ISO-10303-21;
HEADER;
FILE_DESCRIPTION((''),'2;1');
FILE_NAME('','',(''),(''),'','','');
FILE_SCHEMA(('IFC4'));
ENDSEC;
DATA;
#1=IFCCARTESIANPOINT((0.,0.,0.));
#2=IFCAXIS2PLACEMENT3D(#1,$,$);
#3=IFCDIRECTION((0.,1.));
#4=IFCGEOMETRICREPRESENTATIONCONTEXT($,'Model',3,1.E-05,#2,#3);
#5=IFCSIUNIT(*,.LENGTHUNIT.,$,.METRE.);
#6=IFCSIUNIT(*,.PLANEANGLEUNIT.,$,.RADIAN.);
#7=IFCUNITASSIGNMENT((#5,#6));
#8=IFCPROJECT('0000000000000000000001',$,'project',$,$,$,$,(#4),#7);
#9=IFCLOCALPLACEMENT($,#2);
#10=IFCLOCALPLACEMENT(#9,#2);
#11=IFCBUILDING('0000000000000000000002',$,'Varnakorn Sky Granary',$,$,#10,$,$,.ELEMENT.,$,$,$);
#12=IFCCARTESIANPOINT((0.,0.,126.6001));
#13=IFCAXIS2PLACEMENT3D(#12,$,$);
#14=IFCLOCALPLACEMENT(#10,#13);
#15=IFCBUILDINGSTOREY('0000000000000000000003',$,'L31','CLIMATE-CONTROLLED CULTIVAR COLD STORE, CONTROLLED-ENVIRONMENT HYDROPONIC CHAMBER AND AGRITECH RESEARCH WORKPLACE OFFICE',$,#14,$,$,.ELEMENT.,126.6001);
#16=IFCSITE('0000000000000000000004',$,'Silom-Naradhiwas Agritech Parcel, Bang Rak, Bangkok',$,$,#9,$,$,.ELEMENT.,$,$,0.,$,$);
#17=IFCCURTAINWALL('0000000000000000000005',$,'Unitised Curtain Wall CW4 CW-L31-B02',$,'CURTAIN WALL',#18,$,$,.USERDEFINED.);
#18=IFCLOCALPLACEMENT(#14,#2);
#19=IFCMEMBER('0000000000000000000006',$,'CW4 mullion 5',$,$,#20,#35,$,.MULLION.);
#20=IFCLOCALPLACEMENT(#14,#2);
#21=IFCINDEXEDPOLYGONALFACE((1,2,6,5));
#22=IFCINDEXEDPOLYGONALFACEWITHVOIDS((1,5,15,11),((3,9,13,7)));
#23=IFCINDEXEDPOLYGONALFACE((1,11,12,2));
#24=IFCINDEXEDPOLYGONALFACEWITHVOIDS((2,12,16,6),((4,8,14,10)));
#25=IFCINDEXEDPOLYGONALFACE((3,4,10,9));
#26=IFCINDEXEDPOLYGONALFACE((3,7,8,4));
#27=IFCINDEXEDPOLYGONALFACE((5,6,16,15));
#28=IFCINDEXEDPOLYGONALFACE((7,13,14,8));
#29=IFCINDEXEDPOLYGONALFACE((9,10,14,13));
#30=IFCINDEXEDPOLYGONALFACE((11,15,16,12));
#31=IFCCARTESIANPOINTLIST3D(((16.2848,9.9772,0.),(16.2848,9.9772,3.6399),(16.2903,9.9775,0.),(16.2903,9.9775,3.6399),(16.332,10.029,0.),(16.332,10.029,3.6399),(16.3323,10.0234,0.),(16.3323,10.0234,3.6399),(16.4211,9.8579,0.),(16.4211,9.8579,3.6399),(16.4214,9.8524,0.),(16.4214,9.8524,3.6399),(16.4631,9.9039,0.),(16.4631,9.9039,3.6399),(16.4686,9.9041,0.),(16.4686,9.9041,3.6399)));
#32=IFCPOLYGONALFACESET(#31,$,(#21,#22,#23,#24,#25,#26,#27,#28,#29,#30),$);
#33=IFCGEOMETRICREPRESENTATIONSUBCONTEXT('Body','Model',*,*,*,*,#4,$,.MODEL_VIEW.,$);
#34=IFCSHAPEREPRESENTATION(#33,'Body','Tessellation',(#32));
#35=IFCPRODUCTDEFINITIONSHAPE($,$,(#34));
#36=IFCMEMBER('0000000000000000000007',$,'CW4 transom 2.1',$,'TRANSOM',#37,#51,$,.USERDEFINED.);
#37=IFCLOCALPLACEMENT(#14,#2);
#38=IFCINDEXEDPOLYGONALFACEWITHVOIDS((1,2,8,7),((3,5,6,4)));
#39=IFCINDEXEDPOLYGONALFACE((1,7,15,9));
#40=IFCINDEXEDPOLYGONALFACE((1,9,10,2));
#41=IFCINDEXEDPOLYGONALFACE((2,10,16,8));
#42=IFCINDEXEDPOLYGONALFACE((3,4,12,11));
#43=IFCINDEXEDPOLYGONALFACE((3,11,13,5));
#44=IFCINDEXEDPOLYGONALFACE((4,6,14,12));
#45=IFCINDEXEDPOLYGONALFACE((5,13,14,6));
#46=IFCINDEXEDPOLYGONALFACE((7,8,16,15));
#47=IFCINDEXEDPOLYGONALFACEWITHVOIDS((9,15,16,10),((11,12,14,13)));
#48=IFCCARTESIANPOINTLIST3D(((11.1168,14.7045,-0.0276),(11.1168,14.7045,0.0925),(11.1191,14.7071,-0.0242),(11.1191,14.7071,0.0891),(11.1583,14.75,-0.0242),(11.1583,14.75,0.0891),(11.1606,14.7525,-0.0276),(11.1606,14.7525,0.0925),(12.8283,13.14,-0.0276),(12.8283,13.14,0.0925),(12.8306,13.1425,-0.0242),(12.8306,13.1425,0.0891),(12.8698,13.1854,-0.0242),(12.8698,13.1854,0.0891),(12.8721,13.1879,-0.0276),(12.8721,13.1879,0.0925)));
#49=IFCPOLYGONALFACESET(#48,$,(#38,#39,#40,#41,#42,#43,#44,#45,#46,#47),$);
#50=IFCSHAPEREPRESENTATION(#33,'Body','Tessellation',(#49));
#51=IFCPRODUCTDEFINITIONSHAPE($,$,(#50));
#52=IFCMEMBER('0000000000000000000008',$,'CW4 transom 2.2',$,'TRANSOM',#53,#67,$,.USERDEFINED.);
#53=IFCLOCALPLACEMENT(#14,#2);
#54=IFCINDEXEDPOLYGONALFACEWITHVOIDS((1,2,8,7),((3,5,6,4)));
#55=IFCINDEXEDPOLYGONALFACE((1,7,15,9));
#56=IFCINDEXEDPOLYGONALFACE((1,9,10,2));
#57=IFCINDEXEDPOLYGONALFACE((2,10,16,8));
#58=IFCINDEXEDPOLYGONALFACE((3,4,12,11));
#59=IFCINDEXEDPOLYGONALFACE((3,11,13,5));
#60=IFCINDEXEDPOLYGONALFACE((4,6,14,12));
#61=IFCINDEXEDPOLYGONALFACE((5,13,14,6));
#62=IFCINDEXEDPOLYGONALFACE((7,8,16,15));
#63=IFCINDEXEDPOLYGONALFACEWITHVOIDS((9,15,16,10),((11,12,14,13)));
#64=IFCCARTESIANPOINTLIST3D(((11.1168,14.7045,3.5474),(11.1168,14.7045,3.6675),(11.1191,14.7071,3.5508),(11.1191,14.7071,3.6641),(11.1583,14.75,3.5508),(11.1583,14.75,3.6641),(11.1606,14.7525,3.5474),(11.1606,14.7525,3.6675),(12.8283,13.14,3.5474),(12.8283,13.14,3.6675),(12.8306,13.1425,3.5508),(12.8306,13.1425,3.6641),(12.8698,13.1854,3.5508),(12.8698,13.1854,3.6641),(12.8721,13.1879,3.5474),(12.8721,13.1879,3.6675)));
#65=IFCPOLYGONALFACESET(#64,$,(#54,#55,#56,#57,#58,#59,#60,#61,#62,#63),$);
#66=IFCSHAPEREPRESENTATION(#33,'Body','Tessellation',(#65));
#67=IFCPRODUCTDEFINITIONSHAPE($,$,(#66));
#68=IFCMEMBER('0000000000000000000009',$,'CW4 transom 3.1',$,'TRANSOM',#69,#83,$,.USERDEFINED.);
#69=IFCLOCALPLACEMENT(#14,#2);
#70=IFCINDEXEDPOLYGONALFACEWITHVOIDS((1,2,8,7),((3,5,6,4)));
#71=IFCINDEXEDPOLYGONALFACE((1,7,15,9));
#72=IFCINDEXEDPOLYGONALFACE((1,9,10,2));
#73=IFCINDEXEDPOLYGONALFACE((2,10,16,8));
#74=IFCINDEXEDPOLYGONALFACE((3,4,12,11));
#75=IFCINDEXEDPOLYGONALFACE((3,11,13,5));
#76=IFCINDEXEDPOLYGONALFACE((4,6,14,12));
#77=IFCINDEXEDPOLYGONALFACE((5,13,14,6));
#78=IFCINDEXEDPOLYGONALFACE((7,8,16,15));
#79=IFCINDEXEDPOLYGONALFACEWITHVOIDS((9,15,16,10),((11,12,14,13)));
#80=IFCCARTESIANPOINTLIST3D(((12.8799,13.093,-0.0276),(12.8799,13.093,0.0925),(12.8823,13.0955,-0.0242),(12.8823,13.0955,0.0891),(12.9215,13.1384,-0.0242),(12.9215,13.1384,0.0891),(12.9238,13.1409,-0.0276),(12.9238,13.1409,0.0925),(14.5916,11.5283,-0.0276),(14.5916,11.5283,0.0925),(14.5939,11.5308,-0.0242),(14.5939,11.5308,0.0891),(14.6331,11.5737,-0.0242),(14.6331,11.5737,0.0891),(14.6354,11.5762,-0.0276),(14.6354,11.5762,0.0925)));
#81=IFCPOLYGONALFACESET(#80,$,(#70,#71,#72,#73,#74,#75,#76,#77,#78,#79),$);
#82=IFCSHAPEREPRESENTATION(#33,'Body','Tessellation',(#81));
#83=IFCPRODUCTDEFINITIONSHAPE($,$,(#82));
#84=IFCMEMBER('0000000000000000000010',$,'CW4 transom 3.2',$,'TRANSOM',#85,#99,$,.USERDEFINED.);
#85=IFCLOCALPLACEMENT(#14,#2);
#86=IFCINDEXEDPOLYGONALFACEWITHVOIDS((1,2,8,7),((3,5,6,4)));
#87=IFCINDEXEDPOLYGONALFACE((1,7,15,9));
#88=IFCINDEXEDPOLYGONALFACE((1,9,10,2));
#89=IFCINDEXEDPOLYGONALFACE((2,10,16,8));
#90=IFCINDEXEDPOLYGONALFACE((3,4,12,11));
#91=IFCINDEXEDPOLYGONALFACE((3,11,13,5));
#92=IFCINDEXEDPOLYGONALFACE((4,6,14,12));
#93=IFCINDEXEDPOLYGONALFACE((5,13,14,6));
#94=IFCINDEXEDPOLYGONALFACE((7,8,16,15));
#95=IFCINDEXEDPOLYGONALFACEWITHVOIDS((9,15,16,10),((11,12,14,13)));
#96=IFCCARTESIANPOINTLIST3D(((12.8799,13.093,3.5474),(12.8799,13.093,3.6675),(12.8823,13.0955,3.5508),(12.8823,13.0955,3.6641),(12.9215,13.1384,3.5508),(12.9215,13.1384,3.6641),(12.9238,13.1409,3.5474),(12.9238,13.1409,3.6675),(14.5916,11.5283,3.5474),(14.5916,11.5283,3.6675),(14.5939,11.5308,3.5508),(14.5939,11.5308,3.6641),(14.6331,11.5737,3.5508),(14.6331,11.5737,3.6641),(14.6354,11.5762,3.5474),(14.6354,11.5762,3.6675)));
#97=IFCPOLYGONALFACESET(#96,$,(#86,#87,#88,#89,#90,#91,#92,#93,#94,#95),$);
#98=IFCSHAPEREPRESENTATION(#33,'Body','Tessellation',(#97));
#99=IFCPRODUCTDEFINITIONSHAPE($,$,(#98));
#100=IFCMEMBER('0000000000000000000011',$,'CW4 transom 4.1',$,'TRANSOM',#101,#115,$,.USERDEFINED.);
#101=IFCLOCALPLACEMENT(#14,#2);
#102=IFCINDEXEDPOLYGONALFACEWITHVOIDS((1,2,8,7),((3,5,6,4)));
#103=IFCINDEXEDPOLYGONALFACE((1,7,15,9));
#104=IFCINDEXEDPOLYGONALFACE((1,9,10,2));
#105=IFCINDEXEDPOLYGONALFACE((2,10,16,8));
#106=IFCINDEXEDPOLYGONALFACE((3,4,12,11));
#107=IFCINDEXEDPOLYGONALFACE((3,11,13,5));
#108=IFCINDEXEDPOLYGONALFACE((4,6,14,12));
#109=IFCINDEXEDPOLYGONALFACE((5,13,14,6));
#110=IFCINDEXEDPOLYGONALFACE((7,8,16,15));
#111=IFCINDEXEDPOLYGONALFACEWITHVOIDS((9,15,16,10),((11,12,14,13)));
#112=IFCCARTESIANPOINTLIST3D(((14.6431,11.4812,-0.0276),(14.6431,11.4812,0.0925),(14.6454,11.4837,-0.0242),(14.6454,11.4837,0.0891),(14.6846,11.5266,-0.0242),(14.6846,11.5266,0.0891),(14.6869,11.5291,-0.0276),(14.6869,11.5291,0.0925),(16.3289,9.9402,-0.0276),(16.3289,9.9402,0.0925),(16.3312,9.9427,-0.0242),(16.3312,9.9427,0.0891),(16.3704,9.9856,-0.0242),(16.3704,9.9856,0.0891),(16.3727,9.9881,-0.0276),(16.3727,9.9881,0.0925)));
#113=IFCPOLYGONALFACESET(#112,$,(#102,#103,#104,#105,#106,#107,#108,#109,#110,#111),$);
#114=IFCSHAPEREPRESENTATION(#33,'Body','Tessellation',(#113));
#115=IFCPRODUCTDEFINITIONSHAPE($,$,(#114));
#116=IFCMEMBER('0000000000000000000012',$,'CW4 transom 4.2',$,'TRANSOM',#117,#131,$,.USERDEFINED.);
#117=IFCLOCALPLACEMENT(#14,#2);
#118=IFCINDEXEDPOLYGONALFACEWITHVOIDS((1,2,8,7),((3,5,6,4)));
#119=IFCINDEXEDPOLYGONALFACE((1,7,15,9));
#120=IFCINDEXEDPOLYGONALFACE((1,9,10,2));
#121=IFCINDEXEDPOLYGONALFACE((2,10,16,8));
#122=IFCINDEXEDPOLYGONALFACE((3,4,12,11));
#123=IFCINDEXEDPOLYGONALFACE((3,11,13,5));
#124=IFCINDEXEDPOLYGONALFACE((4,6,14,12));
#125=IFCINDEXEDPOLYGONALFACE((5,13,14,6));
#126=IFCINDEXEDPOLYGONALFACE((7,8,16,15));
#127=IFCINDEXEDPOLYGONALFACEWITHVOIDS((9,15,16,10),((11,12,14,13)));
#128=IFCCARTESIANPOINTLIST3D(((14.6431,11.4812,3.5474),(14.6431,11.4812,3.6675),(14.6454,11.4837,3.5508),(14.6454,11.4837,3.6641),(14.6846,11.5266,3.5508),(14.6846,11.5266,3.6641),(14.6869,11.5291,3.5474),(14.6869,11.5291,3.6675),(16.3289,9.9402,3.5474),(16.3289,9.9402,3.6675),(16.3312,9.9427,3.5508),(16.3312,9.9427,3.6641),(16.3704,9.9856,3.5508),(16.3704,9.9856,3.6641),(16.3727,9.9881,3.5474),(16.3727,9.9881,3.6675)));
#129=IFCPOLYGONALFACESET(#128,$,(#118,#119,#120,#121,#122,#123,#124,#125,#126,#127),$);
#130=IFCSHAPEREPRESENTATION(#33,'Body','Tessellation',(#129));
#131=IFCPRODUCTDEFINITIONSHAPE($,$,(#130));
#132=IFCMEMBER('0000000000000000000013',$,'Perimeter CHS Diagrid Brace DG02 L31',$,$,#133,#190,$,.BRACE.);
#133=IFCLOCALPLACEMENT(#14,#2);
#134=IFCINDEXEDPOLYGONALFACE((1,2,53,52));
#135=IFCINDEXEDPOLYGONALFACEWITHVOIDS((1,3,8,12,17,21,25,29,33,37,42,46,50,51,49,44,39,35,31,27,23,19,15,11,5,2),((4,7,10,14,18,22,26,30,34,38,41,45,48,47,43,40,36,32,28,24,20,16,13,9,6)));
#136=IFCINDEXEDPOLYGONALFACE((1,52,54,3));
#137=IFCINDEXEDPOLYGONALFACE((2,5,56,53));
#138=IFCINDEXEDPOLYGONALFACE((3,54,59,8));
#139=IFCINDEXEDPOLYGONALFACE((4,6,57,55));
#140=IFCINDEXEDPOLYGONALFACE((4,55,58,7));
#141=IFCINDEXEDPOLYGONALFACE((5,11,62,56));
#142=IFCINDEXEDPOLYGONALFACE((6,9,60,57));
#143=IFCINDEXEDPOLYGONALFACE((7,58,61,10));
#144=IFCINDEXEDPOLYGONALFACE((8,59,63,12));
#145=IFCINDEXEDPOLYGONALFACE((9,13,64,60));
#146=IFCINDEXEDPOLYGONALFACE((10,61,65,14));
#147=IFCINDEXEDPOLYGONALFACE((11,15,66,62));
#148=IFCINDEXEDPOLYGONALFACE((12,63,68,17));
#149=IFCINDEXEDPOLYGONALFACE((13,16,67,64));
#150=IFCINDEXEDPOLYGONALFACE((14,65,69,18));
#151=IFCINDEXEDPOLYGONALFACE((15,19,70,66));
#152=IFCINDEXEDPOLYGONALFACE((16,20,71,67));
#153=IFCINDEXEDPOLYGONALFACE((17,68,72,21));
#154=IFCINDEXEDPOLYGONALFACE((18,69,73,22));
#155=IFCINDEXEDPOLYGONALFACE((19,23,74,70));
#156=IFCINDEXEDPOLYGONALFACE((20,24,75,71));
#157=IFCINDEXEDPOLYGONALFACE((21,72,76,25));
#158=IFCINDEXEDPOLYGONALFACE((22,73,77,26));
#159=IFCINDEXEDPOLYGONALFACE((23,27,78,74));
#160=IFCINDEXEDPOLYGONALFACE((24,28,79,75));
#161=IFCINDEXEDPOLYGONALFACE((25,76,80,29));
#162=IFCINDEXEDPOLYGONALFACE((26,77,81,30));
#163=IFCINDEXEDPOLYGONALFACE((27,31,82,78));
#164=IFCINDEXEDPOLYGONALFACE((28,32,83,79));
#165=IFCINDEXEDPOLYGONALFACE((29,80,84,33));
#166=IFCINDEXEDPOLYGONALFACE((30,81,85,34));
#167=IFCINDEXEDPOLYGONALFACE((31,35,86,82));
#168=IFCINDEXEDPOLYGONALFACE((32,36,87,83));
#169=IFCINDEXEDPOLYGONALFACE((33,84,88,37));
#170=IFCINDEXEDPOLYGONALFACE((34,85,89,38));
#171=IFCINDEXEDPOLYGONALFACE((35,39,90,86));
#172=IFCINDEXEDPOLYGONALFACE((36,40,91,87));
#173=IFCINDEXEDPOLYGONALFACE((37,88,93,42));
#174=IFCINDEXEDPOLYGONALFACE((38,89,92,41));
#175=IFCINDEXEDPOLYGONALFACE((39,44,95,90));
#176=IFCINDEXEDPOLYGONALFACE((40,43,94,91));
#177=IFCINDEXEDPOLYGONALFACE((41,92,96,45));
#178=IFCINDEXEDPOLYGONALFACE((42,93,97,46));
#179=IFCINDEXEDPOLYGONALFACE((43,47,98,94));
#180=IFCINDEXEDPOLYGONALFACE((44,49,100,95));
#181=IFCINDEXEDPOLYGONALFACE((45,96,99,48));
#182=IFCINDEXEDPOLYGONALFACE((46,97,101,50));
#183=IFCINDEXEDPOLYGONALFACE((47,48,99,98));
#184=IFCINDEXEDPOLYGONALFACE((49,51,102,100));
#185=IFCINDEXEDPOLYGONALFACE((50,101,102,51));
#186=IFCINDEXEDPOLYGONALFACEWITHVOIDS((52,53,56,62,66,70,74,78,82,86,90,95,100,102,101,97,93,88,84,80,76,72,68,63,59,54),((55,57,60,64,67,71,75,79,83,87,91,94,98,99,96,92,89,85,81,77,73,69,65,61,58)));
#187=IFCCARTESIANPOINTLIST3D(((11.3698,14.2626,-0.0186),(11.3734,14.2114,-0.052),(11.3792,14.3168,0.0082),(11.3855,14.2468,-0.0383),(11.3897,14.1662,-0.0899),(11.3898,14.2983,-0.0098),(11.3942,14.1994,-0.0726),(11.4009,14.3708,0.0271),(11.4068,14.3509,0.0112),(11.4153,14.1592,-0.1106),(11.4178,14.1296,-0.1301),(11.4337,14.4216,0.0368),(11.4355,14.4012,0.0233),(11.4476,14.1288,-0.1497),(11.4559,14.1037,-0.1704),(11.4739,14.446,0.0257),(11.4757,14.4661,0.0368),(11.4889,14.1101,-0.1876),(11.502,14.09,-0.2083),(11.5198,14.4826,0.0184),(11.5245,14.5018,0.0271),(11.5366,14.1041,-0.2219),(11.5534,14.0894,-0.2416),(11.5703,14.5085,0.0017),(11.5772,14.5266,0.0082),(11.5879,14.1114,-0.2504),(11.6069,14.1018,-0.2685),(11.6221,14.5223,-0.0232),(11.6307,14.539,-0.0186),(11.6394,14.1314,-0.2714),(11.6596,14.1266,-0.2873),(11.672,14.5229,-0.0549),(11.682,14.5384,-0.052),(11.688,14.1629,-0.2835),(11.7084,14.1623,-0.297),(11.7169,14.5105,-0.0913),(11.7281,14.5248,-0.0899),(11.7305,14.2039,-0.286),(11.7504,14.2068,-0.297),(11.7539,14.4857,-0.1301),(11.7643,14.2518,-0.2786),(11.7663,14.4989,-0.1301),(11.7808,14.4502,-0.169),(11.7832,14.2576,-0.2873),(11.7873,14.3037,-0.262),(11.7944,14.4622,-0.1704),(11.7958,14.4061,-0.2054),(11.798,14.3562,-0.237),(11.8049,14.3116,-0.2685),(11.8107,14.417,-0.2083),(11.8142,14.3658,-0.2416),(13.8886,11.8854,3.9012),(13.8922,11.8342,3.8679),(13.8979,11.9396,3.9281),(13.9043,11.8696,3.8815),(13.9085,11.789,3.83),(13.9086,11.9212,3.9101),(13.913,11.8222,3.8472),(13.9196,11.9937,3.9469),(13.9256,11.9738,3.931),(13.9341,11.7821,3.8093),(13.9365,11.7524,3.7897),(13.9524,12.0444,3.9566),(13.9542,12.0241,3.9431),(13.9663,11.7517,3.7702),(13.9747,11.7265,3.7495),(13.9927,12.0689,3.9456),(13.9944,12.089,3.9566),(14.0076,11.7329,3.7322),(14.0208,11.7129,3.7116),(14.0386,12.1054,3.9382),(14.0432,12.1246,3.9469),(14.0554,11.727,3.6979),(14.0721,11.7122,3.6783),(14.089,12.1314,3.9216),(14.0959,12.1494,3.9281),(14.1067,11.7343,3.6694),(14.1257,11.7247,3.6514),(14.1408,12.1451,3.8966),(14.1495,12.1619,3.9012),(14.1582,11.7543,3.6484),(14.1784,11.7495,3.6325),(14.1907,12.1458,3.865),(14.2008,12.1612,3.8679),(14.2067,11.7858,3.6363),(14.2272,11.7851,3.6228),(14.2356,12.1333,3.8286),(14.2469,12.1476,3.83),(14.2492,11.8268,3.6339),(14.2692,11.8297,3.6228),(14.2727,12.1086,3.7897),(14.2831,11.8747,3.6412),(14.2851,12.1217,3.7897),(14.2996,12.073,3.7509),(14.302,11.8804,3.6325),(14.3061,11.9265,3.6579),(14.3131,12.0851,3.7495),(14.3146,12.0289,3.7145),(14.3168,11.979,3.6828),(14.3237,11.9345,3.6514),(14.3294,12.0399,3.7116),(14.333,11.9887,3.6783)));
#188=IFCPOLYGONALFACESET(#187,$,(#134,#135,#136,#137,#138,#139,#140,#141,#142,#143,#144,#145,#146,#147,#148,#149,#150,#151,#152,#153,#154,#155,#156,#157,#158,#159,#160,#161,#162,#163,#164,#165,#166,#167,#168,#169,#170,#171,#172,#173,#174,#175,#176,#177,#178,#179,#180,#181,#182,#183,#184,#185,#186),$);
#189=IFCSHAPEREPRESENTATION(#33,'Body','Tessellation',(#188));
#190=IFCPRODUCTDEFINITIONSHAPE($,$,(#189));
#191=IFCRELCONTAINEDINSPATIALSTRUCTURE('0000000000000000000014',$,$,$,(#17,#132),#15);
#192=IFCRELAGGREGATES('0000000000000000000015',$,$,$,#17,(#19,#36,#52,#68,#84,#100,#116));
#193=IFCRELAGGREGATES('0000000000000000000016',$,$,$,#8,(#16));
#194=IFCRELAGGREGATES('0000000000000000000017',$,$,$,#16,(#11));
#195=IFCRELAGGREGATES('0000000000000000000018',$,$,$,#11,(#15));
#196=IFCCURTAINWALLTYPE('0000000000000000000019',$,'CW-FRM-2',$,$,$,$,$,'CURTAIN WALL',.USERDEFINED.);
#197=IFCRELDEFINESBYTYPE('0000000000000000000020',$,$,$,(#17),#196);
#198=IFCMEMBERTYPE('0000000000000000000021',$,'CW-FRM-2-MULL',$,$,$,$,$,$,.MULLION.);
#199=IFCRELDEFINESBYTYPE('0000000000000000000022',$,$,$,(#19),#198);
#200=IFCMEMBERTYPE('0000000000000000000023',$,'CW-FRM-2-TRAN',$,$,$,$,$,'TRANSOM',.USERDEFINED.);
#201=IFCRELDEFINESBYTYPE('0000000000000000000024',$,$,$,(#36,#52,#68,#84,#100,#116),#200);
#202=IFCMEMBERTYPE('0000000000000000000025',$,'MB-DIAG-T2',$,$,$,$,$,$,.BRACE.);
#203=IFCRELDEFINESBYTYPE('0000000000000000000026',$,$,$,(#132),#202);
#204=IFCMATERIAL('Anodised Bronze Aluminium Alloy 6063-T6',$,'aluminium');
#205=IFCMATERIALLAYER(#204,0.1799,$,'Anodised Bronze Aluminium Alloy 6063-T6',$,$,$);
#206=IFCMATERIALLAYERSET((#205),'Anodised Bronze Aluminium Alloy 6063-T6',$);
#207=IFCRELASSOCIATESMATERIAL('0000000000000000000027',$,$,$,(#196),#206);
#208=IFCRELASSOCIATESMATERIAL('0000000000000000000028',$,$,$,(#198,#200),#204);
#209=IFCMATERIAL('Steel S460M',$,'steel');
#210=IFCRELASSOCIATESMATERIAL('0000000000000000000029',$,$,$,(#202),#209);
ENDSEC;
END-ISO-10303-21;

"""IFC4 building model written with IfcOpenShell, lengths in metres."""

from ifc_helpers import new_model, si_unit, direction, frame, origin, origin_2d, place, context, subcontext, project, spatial, hollow_rectangle, hollow_circle, extrude, material, layer, layer_set, material_profile, profile_set, type_object, element, aggregate, save


model = new_model("IFC4")

# Units and contexts
model_context = context("Model", 3, precision=1e-05, world=origin(), true_north=direction((0.0, 1.0)))
body_context = subcontext(model_context, "Body", "Model", "MODEL_VIEW")
ifc_project = project(units=[si_unit("LENGTHUNIT", "METRE"), si_unit("PLANEANGLEUNIT", "RADIAN")], contexts=[model_context])

# Site, building, storey
site_placement = place(None, origin())
site = spatial("IfcSite", under=ifc_project, at=site_placement, Name="Silom-Naradhiwas Agritech Parcel, Bang Rak, Bangkok", CompositionType="ELEMENT", RefElevation=0.0)
building_placement = place(site_placement, origin())
building = spatial("IfcBuilding", under=site, at=building_placement, Name="Varnakorn Sky Granary", CompositionType="ELEMENT")
storey_placement = place(building_placement, frame((0.0, 0.0, 126.6001)))
storey = spatial("IfcBuildingStorey", under=building, at=storey_placement, Name="L31", Description="CLIMATE-CONTROLLED CULTIVAR COLD STORE, CONTROLLED-ENVIRONMENT HYDROPONIC CHAMBER AND AGRITECH RESEARCH WORKPLACE OFFICE", CompositionType="ELEMENT", Elevation=126.6001)

# Shared definitions
ifc_material_1 = material(Name="Steel S460M", Category="steel")

# Shared definitions
ifc_material_2 = material(Name="Anodised Bronze Aluminium Alloy 6063-T6", Category="aluminium")
ifc_layer_1 = layer(ifc_material_2, 0.1799, Name="Anodised Bronze Aluminium Alloy 6063-T6")
ifc_layer_set_1 = layer_set([ifc_layer_1], Name="Anodised Bronze Aluminium Alloy 6063-T6")
curtain_wall_type = type_object("IfcCurtainWallType", Name="CW-FRM-2", ElementType="CURTAIN WALL", PredefinedType="USERDEFINED", material=ifc_layer_set_1)
ifc_material_profile_1 = material_profile(ifc_material_2, hollow_rectangle(XDim=0.0701, YDim=0.1851, WallThickness=0.0039, at=origin_2d()), Name="ALU MULL 70x185")
ifc_profile_set_1 = profile_set([ifc_material_profile_1], Name="Anodised Bronze Aluminium Alloy 6063-T6")
member_type_1 = type_object("IfcMemberType", Name="CW-FRM-2-MULL", PredefinedType="MULLION", material=ifc_profile_set_1)

# Curtain wall, members
curtain_wall_1_placement = place(storey_placement, origin())
curtain_wall_1 = element("IfcCurtainWall", 1, at=curtain_wall_1_placement, inside=storey, type_object=curtain_wall_type, Name="Unitised Curtain Wall CW4 CW-L31-B02", ObjectType="CURTAIN WALL", PredefinedType="USERDEFINED")
member_1_placement = place(storey_placement, frame((16.3767, 9.9407, 0.0), z_axis=(0.0, 0.0, 1.0), x_axis=(0.674681, 0.73811, 0.0)))
member_1 = element("IfcMember", 2, at=member_1_placement, type_object=member_type_1, Name="CW4 mullion 5", PredefinedType="MULLION", context=body_context, shape_type="SweptSolid", body=[
    extrude(hollow_rectangle(XDim=0.0701, YDim=0.1851, WallThickness=0.0039, at=origin_2d()), origin(), (0.0, 0.0, 1.0), 3.6399),
])
ifc_material_profile_2 = material_profile(ifc_material_2, hollow_rectangle(XDim=0.0649, YDim=0.1201, WallThickness=0.0034, at=origin_2d()), Name="ALU TRAN 65x120")
ifc_profile_set_2 = profile_set([ifc_material_profile_2], Name="Anodised Bronze Aluminium Alloy 6063-T6")
member_type_2 = type_object("IfcMemberType", Name="CW-FRM-2-TRAN", ElementType="TRANSOM", PredefinedType="USERDEFINED", material=ifc_profile_set_2)
member_2_placement = place(storey_placement, frame((11.1387, 14.7285, 0.0325), z_axis=(0.738089, -0.674704, 0.0), x_axis=(0.674704, 0.738089, 0.0)))
member_2 = element("IfcMember", 3, at=member_2_placement, type_object=member_type_2, Name="CW4 transom 2.1", ObjectType="TRANSOM", PredefinedType="USERDEFINED", context=body_context, shape_type="SweptSolid", body=[
    extrude(hollow_rectangle(XDim=0.0649, YDim=0.1201, WallThickness=0.0034, at=origin_2d()), origin(), (0.0, 0.0, 1.0), 2.3188),
])
member_3_placement = place(storey_placement, frame((11.1387, 14.7285, 3.6074), z_axis=(0.738089, -0.674704, 0.0), x_axis=(0.674704, 0.738089, 0.0)))
member_3 = element("IfcMember", 4, at=member_3_placement, type_object=member_type_2, Name="CW4 transom 2.2", ObjectType="TRANSOM", PredefinedType="USERDEFINED", context=body_context, shape_type="SweptSolid", body=[
    extrude(hollow_rectangle(XDim=0.0649, YDim=0.1201, WallThickness=0.0034, at=origin_2d()), origin(), (0.0, 0.0, 1.0), 2.3188),
])
member_4_placement = place(storey_placement, frame((12.9019, 13.1169, 0.0325), z_axis=(0.738084, -0.674709, 0.0), x_axis=(0.674709, 0.738084, 0.0)))
member_4 = element("IfcMember", 5, at=member_4_placement, type_object=member_type_2, Name="CW4 transom 3.1", ObjectType="TRANSOM", PredefinedType="USERDEFINED", context=body_context, shape_type="SweptSolid", body=[
    extrude(hollow_rectangle(XDim=0.0649, YDim=0.1201, WallThickness=0.0034, at=origin_2d()), origin(), (0.0, 0.0, 1.0), 2.3191),
])
member_5_placement = place(storey_placement, frame((12.9019, 13.1169, 3.6074), z_axis=(0.738084, -0.674709, 0.0), x_axis=(0.674709, 0.738084, 0.0)))
member_5 = element("IfcMember", 6, at=member_5_placement, type_object=member_type_2, Name="CW4 transom 3.2", ObjectType="TRANSOM", PredefinedType="USERDEFINED", context=body_context, shape_type="SweptSolid", body=[
    extrude(hollow_rectangle(XDim=0.0649, YDim=0.1201, WallThickness=0.0034, at=origin_2d()), origin(), (0.0, 0.0, 1.0), 2.3191),
])
member_6_placement = place(storey_placement, frame((14.665, 11.5051, 0.0325), z_axis=(0.73809, -0.674703, 0.0), x_axis=(0.674703, 0.73809, 0.0)))
member_6 = element("IfcMember", 7, at=member_6_placement, type_object=member_type_2, Name="CW4 transom 4.1", ObjectType="TRANSOM", PredefinedType="USERDEFINED", context=body_context, shape_type="SweptSolid", body=[
    extrude(hollow_rectangle(XDim=0.0649, YDim=0.1201, WallThickness=0.0034, at=origin_2d()), origin(), (0.0, 0.0, 1.0), 2.2839),
])
member_7_placement = place(storey_placement, frame((14.665, 11.5051, 3.6074), z_axis=(0.73809, -0.674703, 0.0), x_axis=(0.674703, 0.73809, 0.0)))
member_7 = element("IfcMember", 8, at=member_7_placement, type_object=member_type_2, Name="CW4 transom 4.2", ObjectType="TRANSOM", PredefinedType="USERDEFINED", context=body_context, shape_type="SweptSolid", body=[
    extrude(hollow_rectangle(XDim=0.0649, YDim=0.1201, WallThickness=0.0034, at=origin_2d()), origin(), (0.0, 0.0, 1.0), 2.2839),
])

# Member
ifc_material_profile_3 = material_profile(ifc_material_1, hollow_circle(Radius=0.2539, WallThickness=0.0181, at=origin_2d()), Name="CHS 508x18")
ifc_profile_set_3 = profile_set([ifc_material_profile_3], Name="Steel S460M")
member_type_3 = type_object("IfcMemberType", Name="MB-DIAG-T2", PredefinedType="BRACE", material=ifc_profile_set_3)
member_8_placement = place(storey_placement, frame((11.592, 14.3142, -0.1301), z_axis=(0.481533, -0.454462, 0.749393), x_axis=(0.686369, 0.727254, 0.0)))
element("IfcMember", 9, at=member_8_placement, inside=storey, type_object=member_type_3, Name="Perimeter CHS Diagrid Brace DG02 L31", PredefinedType="BRACE", context=body_context, shape_type="SweptSolid", body=[
    extrude(hollow_circle(Radius=0.2539, WallThickness=0.0181, at=origin_2d()), origin(), (0.0, 0.0, 1.0), 5.2307),
])

aggregate(curtain_wall_1, [member_1, member_2, member_3, member_4, member_5, member_6, member_7])

save(model, "model.ifc")
